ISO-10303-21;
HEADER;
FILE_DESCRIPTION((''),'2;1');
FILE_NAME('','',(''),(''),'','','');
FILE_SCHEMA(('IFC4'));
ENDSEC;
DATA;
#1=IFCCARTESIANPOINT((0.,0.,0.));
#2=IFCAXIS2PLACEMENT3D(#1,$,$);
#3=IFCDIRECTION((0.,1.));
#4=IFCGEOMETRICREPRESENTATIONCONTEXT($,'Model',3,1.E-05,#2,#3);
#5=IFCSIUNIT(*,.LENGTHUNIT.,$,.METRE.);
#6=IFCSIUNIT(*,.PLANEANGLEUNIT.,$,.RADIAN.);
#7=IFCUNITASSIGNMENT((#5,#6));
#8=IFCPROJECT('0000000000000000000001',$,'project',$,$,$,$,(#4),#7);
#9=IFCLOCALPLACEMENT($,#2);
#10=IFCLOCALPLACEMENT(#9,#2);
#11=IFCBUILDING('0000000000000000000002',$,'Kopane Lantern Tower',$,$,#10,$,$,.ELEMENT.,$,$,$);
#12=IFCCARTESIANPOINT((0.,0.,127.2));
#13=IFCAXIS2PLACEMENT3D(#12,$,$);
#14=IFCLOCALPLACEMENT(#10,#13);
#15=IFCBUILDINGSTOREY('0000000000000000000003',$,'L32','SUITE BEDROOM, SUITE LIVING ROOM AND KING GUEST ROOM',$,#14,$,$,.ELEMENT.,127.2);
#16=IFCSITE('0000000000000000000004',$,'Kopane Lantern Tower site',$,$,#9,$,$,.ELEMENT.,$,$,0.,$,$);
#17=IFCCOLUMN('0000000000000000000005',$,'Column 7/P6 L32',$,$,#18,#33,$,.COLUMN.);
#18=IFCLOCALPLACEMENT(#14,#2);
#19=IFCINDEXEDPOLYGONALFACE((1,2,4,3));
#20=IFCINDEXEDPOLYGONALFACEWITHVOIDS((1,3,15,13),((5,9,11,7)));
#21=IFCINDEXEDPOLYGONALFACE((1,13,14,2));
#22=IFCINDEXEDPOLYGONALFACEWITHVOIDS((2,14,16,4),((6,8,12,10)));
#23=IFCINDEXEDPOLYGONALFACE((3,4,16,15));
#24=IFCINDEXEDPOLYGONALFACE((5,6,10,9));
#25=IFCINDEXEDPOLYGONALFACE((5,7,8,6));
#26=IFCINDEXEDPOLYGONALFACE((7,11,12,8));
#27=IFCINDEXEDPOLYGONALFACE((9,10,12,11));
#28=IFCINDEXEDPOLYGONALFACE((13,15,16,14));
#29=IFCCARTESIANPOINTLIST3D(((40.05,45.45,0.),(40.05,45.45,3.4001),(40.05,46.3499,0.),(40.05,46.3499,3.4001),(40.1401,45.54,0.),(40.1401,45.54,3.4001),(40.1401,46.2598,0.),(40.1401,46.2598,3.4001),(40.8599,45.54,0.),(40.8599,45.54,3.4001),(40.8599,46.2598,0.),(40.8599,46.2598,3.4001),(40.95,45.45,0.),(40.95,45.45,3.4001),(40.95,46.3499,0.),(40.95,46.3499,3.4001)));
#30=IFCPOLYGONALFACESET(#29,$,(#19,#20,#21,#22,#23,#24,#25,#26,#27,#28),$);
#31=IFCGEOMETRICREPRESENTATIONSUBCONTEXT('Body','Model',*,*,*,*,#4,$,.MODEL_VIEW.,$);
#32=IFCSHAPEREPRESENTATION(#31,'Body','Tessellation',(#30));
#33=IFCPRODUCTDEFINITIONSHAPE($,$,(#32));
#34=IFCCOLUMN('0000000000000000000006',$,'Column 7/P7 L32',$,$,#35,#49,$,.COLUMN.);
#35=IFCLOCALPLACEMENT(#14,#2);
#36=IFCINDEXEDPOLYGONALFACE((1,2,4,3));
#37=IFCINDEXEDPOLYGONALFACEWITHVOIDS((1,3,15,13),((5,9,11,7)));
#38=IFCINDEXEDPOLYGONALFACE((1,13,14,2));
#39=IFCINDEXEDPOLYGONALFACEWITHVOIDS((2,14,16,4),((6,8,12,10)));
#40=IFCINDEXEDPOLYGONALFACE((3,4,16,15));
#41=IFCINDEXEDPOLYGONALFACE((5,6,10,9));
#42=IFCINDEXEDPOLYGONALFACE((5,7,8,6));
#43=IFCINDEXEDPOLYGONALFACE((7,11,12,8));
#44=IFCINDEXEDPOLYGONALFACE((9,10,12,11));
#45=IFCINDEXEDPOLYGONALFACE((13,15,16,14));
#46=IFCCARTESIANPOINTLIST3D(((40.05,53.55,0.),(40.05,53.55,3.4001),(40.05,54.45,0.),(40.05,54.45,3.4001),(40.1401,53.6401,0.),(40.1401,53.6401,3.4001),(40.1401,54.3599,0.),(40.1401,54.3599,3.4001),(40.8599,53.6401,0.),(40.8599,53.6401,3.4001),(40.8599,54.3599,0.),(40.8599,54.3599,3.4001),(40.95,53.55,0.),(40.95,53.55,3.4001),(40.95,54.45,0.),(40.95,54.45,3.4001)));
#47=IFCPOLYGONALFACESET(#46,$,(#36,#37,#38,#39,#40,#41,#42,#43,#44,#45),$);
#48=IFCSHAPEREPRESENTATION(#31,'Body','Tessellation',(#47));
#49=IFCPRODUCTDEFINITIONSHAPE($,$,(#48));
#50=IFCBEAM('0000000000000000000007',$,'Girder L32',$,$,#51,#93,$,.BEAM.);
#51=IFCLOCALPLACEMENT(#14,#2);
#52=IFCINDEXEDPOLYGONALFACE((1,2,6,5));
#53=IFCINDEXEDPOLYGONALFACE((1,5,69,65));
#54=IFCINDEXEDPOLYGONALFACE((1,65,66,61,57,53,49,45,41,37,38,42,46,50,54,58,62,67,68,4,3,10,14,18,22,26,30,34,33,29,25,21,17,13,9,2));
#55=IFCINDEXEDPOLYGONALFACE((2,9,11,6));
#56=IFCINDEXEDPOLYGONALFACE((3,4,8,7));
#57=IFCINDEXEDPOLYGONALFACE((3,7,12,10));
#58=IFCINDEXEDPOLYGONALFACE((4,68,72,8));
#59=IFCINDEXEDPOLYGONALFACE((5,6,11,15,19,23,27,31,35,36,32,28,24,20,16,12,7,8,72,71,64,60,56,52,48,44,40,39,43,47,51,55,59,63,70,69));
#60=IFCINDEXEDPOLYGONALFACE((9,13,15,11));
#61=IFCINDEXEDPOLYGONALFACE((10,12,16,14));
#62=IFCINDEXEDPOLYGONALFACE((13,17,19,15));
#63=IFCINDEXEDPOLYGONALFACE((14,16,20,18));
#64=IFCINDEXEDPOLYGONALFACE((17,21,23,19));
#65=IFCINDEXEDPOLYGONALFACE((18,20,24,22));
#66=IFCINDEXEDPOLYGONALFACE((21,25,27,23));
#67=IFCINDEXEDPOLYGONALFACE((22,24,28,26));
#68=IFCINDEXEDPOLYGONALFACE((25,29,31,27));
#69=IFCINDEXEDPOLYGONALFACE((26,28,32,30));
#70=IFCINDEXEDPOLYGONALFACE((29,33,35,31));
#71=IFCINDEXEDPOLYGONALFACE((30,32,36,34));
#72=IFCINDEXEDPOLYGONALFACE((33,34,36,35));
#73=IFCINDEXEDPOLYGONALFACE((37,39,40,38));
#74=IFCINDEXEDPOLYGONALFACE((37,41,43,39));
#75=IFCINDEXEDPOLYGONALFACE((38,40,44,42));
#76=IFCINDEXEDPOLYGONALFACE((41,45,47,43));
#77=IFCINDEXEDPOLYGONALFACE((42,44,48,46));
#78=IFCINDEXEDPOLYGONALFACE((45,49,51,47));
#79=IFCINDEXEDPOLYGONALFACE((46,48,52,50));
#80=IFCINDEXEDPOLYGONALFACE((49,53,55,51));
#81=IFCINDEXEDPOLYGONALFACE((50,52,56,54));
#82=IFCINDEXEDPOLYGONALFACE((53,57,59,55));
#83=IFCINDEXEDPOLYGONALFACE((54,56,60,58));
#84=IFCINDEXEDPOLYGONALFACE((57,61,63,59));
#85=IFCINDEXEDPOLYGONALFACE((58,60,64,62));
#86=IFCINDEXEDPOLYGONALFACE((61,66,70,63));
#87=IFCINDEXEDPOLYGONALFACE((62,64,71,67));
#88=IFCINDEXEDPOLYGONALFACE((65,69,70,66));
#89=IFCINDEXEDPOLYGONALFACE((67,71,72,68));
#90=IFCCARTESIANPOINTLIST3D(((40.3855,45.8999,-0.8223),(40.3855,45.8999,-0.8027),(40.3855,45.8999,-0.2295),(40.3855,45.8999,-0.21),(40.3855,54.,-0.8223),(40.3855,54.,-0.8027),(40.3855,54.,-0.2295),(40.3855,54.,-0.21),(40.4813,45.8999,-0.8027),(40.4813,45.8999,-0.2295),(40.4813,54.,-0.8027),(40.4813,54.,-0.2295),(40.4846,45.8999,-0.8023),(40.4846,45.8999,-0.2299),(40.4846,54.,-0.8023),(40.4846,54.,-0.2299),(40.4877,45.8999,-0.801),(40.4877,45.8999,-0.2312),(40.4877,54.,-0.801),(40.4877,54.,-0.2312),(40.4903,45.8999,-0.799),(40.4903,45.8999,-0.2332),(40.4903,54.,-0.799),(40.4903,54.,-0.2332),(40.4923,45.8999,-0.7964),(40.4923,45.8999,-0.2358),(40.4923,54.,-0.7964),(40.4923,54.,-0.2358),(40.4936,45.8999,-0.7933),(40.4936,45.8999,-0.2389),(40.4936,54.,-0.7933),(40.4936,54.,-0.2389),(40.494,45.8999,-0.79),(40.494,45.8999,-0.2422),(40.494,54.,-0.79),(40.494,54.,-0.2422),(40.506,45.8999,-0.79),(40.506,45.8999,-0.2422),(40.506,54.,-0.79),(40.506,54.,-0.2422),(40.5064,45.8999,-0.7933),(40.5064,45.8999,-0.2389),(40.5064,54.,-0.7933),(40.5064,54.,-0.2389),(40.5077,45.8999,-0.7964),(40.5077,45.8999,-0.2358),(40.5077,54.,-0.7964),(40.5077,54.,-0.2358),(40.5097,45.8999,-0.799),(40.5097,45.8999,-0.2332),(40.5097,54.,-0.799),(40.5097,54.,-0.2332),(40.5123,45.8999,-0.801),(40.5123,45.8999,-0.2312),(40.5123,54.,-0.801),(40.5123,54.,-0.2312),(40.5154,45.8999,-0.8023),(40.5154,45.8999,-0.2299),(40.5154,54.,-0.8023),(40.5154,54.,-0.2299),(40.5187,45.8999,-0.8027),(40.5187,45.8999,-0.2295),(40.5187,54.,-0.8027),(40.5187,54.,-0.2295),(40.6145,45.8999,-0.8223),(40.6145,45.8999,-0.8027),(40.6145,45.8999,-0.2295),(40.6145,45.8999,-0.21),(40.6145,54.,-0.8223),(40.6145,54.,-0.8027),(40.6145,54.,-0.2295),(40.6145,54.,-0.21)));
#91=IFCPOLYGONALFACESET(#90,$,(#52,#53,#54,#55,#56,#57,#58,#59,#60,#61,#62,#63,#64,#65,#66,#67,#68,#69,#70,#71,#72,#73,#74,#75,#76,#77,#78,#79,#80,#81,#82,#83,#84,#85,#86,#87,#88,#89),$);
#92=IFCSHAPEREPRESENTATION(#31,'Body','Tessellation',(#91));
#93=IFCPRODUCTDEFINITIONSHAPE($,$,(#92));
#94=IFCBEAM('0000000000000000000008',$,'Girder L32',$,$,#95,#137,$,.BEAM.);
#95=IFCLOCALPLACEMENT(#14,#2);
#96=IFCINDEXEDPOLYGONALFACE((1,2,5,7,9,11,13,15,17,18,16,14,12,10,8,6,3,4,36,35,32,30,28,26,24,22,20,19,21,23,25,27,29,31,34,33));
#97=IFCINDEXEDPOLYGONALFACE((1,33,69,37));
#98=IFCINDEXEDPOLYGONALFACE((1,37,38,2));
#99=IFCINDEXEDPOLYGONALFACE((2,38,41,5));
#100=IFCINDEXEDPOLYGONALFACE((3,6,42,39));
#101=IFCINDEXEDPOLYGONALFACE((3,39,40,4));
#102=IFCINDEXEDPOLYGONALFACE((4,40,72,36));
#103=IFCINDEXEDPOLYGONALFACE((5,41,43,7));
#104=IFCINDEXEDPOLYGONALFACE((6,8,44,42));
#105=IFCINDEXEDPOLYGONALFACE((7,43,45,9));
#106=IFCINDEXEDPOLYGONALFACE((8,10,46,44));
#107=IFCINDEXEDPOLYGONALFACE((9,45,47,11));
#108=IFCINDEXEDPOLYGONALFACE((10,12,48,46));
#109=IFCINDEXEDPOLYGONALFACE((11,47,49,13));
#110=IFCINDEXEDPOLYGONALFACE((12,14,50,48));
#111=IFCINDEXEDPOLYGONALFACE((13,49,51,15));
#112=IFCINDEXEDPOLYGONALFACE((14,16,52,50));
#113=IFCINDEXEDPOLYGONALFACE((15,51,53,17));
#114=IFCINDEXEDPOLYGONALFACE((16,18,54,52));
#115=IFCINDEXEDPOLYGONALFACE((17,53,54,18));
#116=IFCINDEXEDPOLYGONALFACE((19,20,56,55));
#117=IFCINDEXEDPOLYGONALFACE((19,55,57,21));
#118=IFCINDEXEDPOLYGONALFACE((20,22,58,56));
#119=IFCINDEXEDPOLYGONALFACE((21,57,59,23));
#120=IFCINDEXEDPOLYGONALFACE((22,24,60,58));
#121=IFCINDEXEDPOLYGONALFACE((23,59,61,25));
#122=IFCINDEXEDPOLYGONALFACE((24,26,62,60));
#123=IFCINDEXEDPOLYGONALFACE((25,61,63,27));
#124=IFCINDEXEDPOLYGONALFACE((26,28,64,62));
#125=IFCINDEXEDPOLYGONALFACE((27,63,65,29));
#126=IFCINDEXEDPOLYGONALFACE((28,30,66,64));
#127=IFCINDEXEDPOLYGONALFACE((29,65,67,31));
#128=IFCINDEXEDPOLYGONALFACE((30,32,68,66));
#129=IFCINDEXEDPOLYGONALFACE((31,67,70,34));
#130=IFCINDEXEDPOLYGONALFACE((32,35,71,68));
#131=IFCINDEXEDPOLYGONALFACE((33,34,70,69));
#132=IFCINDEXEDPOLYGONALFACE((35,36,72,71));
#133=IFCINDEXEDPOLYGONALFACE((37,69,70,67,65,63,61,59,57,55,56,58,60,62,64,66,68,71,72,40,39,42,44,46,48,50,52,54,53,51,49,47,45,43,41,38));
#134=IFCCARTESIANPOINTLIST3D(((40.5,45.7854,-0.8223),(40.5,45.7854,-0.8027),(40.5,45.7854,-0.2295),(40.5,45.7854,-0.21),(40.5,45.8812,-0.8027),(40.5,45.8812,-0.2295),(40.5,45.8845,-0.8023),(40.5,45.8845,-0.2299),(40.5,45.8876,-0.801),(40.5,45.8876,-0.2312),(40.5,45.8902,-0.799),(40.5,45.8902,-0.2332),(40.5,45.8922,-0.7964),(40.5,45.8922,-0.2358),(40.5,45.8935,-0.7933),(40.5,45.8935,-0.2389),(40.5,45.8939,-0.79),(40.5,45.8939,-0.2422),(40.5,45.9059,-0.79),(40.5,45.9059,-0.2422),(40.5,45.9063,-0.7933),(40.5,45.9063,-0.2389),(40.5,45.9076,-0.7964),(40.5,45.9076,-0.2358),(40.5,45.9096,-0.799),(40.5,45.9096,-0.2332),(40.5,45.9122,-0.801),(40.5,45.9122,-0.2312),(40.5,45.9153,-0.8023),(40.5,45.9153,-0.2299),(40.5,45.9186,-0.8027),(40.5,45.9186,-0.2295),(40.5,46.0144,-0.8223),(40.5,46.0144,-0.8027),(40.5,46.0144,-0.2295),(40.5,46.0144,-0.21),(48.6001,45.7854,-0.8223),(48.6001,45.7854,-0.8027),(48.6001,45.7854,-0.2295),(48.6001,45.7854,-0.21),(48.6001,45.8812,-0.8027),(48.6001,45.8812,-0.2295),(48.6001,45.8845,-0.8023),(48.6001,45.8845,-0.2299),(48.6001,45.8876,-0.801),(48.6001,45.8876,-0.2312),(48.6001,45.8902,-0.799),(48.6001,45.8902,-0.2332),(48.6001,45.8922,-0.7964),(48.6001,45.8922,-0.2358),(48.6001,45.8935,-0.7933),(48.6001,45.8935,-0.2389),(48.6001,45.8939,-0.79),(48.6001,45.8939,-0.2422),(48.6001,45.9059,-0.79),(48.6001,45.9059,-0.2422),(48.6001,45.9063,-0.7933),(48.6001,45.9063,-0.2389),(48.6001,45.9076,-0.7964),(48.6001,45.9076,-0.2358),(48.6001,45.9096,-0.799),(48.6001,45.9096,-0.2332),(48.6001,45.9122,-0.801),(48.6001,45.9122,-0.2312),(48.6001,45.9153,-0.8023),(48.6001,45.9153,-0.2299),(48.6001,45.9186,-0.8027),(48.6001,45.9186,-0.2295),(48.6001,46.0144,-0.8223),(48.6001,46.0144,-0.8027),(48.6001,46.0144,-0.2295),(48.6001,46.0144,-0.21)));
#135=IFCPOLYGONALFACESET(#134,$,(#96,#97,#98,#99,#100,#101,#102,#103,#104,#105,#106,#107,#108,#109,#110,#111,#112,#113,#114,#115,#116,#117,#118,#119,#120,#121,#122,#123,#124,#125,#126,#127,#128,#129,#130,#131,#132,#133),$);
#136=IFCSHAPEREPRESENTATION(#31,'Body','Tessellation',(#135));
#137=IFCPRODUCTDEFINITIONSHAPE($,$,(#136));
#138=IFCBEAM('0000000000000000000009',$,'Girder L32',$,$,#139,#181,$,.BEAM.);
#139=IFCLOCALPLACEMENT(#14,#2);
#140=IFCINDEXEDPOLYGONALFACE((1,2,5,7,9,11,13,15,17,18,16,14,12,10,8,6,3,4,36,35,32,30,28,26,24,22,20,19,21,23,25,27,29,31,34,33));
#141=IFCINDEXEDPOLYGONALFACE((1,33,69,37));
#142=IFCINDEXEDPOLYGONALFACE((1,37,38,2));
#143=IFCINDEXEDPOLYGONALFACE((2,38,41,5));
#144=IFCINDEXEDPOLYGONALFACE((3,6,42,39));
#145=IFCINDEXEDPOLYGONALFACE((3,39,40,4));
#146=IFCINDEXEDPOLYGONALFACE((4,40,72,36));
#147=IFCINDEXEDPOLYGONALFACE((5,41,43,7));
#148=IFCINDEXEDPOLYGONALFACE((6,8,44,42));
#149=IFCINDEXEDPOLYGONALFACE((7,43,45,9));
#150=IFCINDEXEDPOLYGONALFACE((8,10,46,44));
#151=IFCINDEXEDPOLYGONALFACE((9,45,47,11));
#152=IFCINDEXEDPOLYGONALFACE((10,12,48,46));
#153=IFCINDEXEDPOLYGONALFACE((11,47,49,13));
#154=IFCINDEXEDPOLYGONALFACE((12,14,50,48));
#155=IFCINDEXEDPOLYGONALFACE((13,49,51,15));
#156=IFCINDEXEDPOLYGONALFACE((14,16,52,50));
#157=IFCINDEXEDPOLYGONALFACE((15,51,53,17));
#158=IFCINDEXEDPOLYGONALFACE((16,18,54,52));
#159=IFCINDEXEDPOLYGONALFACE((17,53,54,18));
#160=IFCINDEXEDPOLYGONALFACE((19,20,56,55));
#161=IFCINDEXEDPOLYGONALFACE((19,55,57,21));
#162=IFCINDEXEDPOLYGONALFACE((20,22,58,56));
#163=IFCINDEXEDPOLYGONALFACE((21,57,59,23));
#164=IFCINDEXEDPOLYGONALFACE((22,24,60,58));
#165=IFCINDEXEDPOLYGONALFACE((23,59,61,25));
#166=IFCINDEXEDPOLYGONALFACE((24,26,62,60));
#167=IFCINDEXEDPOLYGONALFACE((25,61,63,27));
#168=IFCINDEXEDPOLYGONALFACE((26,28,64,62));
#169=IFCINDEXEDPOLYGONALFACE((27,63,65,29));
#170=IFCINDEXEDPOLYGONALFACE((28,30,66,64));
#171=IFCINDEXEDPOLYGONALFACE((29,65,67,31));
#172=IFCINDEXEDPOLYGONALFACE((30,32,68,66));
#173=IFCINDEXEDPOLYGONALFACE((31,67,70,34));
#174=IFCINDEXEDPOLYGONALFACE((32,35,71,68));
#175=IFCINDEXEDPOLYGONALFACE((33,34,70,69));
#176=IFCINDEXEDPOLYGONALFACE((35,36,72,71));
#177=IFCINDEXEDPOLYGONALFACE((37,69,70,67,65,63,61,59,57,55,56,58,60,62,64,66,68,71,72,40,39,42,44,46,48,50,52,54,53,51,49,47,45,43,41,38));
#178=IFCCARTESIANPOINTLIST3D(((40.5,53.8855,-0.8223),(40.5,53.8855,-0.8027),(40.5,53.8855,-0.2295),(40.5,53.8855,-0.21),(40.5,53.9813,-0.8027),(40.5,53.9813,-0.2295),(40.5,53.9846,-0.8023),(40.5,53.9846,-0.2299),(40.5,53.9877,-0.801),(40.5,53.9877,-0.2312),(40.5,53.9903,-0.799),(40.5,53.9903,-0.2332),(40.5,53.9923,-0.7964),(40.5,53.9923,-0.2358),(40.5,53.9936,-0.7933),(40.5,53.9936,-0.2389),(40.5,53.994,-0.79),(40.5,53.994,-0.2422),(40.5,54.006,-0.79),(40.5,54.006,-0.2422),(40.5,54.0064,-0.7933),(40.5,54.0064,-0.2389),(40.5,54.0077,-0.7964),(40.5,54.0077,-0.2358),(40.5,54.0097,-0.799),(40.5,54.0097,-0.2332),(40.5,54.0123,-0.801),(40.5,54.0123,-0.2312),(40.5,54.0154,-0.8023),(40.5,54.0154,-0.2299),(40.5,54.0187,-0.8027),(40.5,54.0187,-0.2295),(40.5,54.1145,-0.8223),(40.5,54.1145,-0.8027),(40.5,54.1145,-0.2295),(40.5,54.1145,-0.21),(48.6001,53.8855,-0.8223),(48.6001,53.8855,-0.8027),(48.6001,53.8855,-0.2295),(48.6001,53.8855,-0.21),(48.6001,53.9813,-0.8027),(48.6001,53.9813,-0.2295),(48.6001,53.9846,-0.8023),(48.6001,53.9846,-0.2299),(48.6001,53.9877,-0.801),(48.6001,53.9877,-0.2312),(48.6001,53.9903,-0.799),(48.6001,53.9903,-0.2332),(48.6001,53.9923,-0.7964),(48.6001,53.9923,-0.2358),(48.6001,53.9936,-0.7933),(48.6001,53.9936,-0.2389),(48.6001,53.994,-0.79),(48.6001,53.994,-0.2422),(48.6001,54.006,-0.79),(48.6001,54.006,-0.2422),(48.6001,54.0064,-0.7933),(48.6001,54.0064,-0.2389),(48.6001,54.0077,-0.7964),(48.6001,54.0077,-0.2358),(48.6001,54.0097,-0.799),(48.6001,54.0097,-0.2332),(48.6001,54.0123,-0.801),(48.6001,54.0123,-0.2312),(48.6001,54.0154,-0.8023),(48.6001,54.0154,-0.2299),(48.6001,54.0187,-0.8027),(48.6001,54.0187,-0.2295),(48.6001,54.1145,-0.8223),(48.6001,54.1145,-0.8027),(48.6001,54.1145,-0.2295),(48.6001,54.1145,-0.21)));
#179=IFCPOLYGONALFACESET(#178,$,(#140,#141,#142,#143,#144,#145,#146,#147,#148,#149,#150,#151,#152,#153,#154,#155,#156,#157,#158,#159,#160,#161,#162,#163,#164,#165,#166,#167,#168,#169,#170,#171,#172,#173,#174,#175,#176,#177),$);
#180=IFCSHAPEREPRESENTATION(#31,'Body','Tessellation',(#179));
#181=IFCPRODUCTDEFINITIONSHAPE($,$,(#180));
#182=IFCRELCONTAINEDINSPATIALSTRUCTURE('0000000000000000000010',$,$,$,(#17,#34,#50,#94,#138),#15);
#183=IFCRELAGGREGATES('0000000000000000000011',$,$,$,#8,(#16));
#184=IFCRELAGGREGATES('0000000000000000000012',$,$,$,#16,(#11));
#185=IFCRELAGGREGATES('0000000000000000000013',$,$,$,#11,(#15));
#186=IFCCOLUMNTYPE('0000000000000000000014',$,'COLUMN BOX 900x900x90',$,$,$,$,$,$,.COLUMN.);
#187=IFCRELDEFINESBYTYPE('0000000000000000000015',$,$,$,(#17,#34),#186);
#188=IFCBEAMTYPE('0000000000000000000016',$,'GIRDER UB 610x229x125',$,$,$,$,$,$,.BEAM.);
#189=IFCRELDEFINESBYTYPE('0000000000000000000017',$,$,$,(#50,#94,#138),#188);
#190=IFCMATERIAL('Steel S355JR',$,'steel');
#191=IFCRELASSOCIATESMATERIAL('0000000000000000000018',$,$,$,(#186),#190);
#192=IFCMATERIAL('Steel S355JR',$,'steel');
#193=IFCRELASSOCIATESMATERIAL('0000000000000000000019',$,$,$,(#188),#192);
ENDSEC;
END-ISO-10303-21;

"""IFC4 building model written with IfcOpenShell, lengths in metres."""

from ifc_helpers import new_model, si_unit, direction, frame, origin, origin_2d, place, context, subcontext, project, spatial, hollow_rectangle, i_section, extrude, material, material_profile, profile_set, type_object, element, save


model = new_model("IFC4")

# Units and contexts
model_context = context("Model", 3, precision=1e-05, world=origin(), true_north=direction((0.0, 1.0)))
body_context = subcontext(model_context, "Body", "Model", "MODEL_VIEW")
ifc_project = project(units=[si_unit("LENGTHUNIT", "METRE"), si_unit("PLANEANGLEUNIT", "RADIAN")], contexts=[model_context])

# Site, building, storey
site_placement = place(None, origin())
site = spatial("IfcSite", under=ifc_project, at=site_placement, Name="Kopane Lantern Tower site", CompositionType="ELEMENT", RefElevation=0.0)
building_placement = place(site_placement, origin())
building = spatial("IfcBuilding", under=site, at=building_placement, Name="Kopane Lantern Tower", CompositionType="ELEMENT")
storey_placement = place(building_placement, frame((0.0, 0.0, 127.2)))
storey = spatial("IfcBuildingStorey", under=building, at=storey_placement, Name="L32", Description="SUITE BEDROOM, SUITE LIVING ROOM AND KING GUEST ROOM", CompositionType="ELEMENT", Elevation=127.2)

# Columns
ifc_material_1 = material(Name="Steel S355JR", Category="steel")
ifc_material_profile_1 = material_profile(ifc_material_1, hollow_rectangle(XDim=0.8999, YDim=0.8999, WallThickness=0.0901, at=origin_2d()), Name="BOX 900x900x90")
ifc_profile_set_1 = profile_set([ifc_material_profile_1], Name="Steel S355JR")
column_type = type_object("IfcColumnType", Name="COLUMN BOX 900x900x90", PredefinedType="COLUMN", material=ifc_profile_set_1)
for number, where, z_axis, x_axis, name in (
    (1, (40.5, 45.8999, 0.0), (0.0, 0.0, 1.0), (1.0, 0.0, 0.0), "Column 7/P6 L32"),
    (2, (40.5, 54.0, 0.0), (0.0, 0.0, 1.0), (1.0, 0.0, 0.0), "Column 7/P7 L32"),
):
    element("IfcColumn", number, at=place(storey_placement, frame(where, z_axis=z_axis, x_axis=x_axis)), inside=storey, type_object=column_type, Name=name, PredefinedType="COLUMN", context=body_context, shape_type="SweptSolid", body=[
        extrude(hollow_rectangle(XDim=0.8999, YDim=0.8999, WallThickness=0.0901, at=origin_2d()), origin(), (0.0, 0.0, 1.0), 3.4001),
    ])

# Beams
ifc_material_2 = material(Name="Steel S355JR", Category="steel")
ifc_material_profile_2 = material_profile(ifc_material_2, i_section(OverallWidth=0.229, OverallDepth=0.6123, WebThickness=0.012, FlangeThickness=0.0195, FilletRadius=0.0127, at=origin_2d()), Name="UB 610x229x125")
ifc_profile_set_2 = profile_set([ifc_material_profile_2], Name="Steel S355JR")
beam_type = type_object("IfcBeamType", Name="GIRDER UB 610x229x125", PredefinedType="BEAM", material=ifc_profile_set_2)
for number, where, z_axis, x_axis, name in (
    (3, (40.5, 45.8999, -0.5161), (0.0, 1.0, 0.0), (-1.0, 0.0, 0.0), "Girder L32"),
    (4, (40.5, 45.8999, -0.5161), (1.0, 0.0, 0.0), (0.0, 1.0, 0.0), "Girder L32"),
    (5, (40.5, 54.0, -0.5161), (1.0, 0.0, 0.0), (0.0, 1.0, 0.0), "Girder L32"),
):
    element("IfcBeam", number, at=place(storey_placement, frame(where, z_axis=z_axis, x_axis=x_axis)), inside=storey, type_object=beam_type, Name=name, PredefinedType="BEAM", context=body_context, shape_type="SweptSolid", body=[
        extrude(i_section(OverallWidth=0.229, OverallDepth=0.6123, WebThickness=0.012, FlangeThickness=0.0195, FilletRadius=0.0127, at=origin_2d()), origin(), (0.0, 0.0, 1.0), 8.1001),
    ])

save(model, "model.ifc")
